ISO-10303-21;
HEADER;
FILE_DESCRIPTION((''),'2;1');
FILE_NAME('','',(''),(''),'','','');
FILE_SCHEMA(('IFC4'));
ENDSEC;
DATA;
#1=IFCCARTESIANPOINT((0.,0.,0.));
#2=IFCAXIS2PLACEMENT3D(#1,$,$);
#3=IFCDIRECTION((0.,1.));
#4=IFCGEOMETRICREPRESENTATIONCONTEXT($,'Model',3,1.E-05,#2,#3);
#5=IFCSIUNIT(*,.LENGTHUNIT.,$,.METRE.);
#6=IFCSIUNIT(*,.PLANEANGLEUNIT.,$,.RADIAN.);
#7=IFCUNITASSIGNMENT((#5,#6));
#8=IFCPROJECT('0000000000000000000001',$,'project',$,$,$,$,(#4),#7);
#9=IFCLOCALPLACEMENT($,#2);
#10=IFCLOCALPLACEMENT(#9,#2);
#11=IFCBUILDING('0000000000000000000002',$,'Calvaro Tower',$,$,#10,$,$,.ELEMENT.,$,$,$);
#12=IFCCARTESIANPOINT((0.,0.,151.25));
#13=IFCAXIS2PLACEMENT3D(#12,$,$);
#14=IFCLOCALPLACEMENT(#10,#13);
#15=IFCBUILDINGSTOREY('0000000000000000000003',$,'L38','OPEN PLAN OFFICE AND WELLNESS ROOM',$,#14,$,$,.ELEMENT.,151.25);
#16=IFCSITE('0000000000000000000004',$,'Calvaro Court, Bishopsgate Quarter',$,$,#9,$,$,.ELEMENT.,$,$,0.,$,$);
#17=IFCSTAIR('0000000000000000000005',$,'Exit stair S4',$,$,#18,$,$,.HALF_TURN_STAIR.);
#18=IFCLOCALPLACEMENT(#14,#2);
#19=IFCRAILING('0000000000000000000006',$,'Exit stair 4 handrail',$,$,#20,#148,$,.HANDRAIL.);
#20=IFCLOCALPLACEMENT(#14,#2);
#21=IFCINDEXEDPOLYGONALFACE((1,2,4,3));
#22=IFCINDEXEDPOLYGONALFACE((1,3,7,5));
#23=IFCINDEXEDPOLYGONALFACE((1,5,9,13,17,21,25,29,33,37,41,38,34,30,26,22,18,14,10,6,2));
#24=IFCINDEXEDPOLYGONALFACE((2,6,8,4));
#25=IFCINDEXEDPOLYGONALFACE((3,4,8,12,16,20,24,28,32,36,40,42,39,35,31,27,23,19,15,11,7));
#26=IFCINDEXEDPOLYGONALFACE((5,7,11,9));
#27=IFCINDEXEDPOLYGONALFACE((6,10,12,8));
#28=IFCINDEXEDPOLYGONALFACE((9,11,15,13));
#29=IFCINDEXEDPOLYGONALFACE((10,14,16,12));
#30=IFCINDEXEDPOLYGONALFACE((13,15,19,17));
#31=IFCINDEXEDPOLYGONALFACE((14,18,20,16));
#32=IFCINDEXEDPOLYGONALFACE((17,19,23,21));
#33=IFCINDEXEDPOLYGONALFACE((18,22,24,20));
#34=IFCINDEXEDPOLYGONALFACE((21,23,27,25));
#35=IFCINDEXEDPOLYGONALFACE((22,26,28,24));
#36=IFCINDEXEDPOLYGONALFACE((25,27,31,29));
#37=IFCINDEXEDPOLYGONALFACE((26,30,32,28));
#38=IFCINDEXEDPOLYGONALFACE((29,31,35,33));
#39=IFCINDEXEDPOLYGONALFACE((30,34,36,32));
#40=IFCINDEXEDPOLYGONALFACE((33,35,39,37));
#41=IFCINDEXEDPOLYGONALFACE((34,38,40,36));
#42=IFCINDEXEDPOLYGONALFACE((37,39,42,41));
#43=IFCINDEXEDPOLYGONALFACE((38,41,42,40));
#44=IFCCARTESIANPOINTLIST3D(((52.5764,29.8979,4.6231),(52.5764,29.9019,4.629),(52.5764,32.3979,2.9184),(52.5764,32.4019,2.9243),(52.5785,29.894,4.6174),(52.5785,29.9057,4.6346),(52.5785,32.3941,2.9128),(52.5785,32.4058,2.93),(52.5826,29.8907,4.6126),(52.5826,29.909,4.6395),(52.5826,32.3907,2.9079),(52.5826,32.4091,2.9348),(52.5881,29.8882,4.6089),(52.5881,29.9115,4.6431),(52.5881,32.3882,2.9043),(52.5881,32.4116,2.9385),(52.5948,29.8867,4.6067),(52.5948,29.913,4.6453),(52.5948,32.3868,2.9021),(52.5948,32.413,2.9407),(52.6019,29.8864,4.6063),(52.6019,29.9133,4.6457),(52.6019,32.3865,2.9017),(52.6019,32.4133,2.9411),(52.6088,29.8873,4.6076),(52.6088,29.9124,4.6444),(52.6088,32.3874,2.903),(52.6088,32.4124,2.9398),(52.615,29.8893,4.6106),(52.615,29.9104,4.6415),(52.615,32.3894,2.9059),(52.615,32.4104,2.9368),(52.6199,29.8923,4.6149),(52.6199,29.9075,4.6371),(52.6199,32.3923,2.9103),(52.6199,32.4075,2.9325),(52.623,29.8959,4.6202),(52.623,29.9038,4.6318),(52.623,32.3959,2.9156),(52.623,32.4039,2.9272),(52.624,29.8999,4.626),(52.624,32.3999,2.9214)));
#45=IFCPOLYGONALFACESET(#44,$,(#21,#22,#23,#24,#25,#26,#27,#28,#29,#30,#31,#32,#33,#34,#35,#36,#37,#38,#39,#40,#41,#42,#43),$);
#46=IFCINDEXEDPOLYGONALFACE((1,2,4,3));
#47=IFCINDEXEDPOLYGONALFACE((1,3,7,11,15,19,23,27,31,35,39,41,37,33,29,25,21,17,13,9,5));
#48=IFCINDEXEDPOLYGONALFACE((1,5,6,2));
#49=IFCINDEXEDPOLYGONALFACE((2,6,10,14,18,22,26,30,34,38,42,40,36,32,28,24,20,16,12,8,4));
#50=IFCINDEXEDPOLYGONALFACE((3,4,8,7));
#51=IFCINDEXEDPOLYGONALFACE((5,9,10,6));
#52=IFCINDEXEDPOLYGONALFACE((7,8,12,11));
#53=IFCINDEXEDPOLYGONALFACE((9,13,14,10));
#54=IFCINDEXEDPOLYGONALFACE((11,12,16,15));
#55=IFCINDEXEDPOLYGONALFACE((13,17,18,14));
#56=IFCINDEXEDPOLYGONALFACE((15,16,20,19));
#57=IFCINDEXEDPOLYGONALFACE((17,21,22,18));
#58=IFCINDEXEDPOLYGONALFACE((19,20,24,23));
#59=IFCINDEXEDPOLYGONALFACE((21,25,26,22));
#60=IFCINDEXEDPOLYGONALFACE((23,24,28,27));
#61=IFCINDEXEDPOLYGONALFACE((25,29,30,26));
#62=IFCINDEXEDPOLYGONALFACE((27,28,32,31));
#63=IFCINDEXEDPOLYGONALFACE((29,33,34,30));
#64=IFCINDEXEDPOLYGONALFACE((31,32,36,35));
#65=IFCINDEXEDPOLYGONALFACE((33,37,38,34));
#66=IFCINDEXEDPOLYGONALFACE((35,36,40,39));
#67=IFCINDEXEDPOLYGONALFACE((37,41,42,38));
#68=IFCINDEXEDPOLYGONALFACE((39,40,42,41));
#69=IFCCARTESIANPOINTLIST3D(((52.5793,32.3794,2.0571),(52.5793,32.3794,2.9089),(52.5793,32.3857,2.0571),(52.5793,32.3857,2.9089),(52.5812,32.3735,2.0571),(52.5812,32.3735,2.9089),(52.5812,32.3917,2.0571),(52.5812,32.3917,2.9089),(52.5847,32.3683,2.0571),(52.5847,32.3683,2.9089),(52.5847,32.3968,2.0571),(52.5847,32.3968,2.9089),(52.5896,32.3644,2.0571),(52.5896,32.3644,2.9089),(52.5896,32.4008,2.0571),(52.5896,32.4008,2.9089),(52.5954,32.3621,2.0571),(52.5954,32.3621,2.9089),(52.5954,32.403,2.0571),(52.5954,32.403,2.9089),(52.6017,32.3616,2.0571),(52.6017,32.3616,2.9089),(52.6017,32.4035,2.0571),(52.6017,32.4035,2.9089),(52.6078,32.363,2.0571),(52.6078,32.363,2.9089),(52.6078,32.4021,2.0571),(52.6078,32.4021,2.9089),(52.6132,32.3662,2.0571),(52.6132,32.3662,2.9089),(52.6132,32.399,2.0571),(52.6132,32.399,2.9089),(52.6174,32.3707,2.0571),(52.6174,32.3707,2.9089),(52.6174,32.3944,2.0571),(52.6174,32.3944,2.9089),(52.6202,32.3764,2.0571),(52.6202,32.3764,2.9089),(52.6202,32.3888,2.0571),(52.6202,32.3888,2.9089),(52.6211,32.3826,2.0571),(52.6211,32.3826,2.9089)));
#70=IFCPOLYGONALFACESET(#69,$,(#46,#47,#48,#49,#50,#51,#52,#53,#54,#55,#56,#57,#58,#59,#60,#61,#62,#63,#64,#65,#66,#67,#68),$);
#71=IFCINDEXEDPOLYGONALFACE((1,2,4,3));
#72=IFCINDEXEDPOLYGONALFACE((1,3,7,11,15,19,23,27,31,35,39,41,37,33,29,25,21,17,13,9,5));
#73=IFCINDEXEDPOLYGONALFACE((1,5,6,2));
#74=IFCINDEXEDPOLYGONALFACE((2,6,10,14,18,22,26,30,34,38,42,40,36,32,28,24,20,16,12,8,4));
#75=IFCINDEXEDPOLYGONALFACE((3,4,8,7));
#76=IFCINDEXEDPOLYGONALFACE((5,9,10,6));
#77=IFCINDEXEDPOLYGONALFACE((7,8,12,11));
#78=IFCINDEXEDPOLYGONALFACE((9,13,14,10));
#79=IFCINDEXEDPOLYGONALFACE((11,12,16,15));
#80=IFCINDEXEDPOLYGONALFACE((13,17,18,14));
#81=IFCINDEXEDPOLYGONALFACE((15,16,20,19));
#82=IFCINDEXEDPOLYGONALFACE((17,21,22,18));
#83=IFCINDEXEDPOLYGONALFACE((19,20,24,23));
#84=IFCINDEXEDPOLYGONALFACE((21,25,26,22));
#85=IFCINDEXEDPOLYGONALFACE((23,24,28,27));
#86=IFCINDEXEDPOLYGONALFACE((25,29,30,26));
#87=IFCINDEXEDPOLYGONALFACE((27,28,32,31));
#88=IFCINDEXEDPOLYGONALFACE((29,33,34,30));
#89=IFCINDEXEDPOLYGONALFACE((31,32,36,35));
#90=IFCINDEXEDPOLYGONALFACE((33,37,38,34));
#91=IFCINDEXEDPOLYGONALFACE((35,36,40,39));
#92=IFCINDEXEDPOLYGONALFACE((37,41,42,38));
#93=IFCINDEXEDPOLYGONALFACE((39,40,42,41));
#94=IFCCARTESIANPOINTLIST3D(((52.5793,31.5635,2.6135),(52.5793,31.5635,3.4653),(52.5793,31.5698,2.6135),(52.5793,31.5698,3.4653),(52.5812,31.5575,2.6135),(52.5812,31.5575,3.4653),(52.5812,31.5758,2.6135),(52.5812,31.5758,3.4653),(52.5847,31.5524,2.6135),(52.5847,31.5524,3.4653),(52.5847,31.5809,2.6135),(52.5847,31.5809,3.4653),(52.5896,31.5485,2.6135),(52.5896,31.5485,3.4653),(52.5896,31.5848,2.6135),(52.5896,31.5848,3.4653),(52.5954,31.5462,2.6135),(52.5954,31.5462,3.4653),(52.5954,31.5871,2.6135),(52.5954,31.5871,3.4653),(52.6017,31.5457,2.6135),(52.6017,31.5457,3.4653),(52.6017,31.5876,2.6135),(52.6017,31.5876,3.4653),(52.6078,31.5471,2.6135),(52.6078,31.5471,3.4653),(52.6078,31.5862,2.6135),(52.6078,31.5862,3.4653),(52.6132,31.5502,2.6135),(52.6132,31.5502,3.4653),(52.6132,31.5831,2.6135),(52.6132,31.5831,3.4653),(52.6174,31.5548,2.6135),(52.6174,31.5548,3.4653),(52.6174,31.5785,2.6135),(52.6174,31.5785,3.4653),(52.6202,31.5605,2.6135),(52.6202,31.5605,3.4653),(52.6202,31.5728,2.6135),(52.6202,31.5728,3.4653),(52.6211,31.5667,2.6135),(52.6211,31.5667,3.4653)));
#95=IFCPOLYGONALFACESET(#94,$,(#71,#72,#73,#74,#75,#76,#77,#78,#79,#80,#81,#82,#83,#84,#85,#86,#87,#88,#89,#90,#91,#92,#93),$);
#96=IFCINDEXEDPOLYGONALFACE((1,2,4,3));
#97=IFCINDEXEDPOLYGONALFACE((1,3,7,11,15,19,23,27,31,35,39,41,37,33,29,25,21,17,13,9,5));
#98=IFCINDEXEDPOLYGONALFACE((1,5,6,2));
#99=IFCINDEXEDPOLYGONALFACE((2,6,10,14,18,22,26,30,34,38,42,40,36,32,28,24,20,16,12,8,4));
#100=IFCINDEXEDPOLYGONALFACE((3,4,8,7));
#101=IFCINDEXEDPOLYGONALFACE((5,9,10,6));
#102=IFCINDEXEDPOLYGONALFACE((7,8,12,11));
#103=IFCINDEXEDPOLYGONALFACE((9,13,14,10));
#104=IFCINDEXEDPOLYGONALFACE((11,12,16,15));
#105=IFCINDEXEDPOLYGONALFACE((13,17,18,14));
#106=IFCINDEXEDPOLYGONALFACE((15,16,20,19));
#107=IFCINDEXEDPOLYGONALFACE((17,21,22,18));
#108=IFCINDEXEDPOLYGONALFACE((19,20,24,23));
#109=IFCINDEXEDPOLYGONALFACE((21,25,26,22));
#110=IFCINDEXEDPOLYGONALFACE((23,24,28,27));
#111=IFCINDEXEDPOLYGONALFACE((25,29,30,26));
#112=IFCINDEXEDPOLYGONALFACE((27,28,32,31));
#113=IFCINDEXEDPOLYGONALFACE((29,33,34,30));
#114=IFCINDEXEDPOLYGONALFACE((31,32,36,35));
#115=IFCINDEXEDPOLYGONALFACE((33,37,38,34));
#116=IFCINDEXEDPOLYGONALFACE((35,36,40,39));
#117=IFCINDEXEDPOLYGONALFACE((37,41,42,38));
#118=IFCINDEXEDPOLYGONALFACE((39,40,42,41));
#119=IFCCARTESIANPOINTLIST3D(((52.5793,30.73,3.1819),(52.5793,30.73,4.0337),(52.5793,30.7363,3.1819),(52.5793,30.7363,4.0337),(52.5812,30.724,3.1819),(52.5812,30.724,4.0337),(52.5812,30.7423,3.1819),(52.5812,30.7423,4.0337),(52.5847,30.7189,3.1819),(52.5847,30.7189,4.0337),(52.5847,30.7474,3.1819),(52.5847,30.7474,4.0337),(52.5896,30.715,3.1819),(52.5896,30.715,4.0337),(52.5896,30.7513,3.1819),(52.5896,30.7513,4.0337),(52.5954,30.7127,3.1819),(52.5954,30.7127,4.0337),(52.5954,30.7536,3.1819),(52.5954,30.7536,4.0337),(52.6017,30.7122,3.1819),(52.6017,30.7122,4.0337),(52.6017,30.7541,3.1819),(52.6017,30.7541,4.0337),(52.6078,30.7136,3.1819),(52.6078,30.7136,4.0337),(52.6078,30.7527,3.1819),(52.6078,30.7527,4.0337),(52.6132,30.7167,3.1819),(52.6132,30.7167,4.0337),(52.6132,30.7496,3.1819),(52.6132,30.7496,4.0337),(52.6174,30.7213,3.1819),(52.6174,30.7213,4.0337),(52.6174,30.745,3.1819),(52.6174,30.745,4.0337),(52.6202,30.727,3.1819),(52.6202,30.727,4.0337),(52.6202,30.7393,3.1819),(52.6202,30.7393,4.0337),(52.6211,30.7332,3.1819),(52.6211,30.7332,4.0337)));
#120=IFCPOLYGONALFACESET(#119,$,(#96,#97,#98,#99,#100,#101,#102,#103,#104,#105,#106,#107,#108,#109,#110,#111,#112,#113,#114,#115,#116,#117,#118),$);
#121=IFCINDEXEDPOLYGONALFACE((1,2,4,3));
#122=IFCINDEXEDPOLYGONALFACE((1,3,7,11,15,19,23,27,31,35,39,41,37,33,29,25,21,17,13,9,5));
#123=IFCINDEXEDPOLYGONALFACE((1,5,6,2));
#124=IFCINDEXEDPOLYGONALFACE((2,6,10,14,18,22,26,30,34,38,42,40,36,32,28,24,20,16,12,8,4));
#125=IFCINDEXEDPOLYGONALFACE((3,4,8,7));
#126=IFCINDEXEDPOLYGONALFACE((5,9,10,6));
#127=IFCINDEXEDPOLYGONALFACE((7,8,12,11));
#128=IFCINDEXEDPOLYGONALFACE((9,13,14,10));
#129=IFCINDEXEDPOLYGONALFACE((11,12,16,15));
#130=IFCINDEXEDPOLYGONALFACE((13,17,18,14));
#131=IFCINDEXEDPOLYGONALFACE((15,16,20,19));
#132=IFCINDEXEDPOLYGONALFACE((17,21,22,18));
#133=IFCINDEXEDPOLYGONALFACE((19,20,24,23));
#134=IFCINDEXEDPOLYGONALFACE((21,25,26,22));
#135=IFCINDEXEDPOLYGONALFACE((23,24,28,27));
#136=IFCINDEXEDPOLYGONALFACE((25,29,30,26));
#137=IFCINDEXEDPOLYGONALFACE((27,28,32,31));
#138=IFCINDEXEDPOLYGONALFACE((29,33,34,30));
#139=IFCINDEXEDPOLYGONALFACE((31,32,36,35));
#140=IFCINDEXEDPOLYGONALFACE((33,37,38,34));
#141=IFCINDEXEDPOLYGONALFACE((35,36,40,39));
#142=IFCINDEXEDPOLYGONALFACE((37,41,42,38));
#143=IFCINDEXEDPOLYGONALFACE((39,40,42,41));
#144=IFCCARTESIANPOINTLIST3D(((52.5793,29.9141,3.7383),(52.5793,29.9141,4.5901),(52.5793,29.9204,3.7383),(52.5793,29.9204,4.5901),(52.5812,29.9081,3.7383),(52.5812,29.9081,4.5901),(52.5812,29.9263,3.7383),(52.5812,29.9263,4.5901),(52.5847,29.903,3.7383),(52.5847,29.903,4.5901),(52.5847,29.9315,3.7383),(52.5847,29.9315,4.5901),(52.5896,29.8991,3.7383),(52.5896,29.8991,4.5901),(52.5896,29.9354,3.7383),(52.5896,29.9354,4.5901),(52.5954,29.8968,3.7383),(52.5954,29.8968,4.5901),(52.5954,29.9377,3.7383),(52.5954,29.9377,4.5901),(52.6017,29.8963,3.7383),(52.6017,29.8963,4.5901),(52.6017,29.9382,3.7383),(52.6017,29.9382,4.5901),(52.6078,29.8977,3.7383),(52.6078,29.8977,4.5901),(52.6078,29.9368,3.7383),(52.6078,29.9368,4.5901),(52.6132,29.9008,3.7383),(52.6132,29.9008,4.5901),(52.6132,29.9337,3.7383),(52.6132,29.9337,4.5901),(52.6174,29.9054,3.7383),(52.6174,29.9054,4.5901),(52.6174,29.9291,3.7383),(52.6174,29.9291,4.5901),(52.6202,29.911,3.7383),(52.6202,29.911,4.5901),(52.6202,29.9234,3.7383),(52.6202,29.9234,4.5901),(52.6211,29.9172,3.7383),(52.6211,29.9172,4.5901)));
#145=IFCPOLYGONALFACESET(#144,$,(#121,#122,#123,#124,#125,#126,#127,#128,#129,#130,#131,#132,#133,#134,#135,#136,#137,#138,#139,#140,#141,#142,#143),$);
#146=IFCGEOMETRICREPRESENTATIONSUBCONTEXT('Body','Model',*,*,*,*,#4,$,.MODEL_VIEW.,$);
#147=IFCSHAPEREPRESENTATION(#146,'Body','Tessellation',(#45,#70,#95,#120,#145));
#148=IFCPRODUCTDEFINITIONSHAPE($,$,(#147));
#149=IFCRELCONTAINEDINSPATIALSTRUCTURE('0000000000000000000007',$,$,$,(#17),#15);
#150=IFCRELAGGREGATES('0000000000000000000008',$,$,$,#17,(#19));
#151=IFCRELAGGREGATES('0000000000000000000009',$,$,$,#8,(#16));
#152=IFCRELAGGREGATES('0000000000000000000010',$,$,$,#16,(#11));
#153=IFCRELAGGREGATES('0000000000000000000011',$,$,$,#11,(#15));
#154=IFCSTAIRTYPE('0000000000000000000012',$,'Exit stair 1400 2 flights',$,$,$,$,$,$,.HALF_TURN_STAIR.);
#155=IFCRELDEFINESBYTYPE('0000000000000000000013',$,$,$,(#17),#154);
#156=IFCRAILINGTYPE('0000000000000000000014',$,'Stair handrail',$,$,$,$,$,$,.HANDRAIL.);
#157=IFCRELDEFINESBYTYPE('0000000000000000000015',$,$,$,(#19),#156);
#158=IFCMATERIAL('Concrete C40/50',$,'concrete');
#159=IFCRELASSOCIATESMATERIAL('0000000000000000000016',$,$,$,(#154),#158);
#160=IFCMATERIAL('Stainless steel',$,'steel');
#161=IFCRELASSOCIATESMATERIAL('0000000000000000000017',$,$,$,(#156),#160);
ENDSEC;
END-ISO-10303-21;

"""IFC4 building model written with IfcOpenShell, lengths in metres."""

from ifc_helpers import new_model, si_unit, direction, frame, origin, origin_2d, place, context, subcontext, project, spatial, circle, extrude, material, type_object, element, aggregate, save


model = new_model("IFC4")

# Units and contexts
model_context = context("Model", 3, precision=1e-05, world=origin(), true_north=direction((0.0, 1.0)))
body_context = subcontext(model_context, "Body", "Model", "MODEL_VIEW")
ifc_project = project(units=[si_unit("LENGTHUNIT", "METRE"), si_unit("PLANEANGLEUNIT", "RADIAN")], contexts=[model_context])

# Site, building, storey
site_placement = place(None, origin())
site = spatial("IfcSite", under=ifc_project, at=site_placement, Name="Calvaro Court, Bishopsgate Quarter", CompositionType="ELEMENT", RefElevation=0.0)
building_placement = place(site_placement, origin())
building = spatial("IfcBuilding", under=site, at=building_placement, Name="Calvaro Tower", CompositionType="ELEMENT")
storey_placement = place(building_placement, frame((0.0, 0.0, 151.25)))
storey = spatial("IfcBuildingStorey", under=building, at=storey_placement, Name="L38", Description="OPEN PLAN OFFICE AND WELLNESS ROOM", CompositionType="ELEMENT", Elevation=151.25)

# Stair
ifc_material_1 = material(Name="Concrete C40/50", Category="concrete")
stair_type = type_object("IfcStairType", Name="Exit stair 1400 2 flights", PredefinedType="HALF_TURN_STAIR", material=ifc_material_1)
stair_1_placement = place(storey_placement, origin())
stair_1 = element("IfcStair", 1, at=stair_1_placement, inside=storey, type_object=stair_type, Name="Exit stair S4", PredefinedType="HALF_TURN_STAIR")

# Railing
ifc_material_2 = material(Name="Stainless steel", Category="steel")
railing_type = type_object("IfcRailingType", Name="Stair handrail", PredefinedType="HANDRAIL", material=ifc_material_2)
railing_1_placement = place(storey_placement, frame((52.6001, 32.3999, 2.0454)))
railing_1 = element("IfcRailing", 2, at=railing_1_placement, type_object=railing_type, Name="Exit stair 4 handrail", PredefinedType="HANDRAIL", context=body_context, shape_type="SweptSolid", body=[
    extrude(circle(Radius=0.0239, at=origin_2d()), frame((0.0, 0.0, 0.876), z_axis=(0.0, -0.826221, 0.563347), x_axis=(1.0, 0.0, 0.0)), (0.0, 0.0, 1.0), 3.0259),
    extrude(circle(Radius=0.021, at=origin_2d()), frame((0.0, -0.0173, 0.0117)), (0.0, 0.0, 1.0), 0.8518),
    extrude(circle(Radius=0.021, at=origin_2d()), frame((0.0, -0.8333, 0.5681)), (0.0, 0.0, 1.0), 0.8518),
    extrude(circle(Radius=0.021, at=origin_2d()), frame((0.0, -1.6667, 1.1365)), (0.0, 0.0, 1.0), 0.8518),
    extrude(circle(Radius=0.021, at=origin_2d()), frame((0.0, -2.4827, 1.6929)), (0.0, 0.0, 1.0), 0.8518),
])
aggregate(stair_1, [railing_1])

save(model, "model.ifc")
